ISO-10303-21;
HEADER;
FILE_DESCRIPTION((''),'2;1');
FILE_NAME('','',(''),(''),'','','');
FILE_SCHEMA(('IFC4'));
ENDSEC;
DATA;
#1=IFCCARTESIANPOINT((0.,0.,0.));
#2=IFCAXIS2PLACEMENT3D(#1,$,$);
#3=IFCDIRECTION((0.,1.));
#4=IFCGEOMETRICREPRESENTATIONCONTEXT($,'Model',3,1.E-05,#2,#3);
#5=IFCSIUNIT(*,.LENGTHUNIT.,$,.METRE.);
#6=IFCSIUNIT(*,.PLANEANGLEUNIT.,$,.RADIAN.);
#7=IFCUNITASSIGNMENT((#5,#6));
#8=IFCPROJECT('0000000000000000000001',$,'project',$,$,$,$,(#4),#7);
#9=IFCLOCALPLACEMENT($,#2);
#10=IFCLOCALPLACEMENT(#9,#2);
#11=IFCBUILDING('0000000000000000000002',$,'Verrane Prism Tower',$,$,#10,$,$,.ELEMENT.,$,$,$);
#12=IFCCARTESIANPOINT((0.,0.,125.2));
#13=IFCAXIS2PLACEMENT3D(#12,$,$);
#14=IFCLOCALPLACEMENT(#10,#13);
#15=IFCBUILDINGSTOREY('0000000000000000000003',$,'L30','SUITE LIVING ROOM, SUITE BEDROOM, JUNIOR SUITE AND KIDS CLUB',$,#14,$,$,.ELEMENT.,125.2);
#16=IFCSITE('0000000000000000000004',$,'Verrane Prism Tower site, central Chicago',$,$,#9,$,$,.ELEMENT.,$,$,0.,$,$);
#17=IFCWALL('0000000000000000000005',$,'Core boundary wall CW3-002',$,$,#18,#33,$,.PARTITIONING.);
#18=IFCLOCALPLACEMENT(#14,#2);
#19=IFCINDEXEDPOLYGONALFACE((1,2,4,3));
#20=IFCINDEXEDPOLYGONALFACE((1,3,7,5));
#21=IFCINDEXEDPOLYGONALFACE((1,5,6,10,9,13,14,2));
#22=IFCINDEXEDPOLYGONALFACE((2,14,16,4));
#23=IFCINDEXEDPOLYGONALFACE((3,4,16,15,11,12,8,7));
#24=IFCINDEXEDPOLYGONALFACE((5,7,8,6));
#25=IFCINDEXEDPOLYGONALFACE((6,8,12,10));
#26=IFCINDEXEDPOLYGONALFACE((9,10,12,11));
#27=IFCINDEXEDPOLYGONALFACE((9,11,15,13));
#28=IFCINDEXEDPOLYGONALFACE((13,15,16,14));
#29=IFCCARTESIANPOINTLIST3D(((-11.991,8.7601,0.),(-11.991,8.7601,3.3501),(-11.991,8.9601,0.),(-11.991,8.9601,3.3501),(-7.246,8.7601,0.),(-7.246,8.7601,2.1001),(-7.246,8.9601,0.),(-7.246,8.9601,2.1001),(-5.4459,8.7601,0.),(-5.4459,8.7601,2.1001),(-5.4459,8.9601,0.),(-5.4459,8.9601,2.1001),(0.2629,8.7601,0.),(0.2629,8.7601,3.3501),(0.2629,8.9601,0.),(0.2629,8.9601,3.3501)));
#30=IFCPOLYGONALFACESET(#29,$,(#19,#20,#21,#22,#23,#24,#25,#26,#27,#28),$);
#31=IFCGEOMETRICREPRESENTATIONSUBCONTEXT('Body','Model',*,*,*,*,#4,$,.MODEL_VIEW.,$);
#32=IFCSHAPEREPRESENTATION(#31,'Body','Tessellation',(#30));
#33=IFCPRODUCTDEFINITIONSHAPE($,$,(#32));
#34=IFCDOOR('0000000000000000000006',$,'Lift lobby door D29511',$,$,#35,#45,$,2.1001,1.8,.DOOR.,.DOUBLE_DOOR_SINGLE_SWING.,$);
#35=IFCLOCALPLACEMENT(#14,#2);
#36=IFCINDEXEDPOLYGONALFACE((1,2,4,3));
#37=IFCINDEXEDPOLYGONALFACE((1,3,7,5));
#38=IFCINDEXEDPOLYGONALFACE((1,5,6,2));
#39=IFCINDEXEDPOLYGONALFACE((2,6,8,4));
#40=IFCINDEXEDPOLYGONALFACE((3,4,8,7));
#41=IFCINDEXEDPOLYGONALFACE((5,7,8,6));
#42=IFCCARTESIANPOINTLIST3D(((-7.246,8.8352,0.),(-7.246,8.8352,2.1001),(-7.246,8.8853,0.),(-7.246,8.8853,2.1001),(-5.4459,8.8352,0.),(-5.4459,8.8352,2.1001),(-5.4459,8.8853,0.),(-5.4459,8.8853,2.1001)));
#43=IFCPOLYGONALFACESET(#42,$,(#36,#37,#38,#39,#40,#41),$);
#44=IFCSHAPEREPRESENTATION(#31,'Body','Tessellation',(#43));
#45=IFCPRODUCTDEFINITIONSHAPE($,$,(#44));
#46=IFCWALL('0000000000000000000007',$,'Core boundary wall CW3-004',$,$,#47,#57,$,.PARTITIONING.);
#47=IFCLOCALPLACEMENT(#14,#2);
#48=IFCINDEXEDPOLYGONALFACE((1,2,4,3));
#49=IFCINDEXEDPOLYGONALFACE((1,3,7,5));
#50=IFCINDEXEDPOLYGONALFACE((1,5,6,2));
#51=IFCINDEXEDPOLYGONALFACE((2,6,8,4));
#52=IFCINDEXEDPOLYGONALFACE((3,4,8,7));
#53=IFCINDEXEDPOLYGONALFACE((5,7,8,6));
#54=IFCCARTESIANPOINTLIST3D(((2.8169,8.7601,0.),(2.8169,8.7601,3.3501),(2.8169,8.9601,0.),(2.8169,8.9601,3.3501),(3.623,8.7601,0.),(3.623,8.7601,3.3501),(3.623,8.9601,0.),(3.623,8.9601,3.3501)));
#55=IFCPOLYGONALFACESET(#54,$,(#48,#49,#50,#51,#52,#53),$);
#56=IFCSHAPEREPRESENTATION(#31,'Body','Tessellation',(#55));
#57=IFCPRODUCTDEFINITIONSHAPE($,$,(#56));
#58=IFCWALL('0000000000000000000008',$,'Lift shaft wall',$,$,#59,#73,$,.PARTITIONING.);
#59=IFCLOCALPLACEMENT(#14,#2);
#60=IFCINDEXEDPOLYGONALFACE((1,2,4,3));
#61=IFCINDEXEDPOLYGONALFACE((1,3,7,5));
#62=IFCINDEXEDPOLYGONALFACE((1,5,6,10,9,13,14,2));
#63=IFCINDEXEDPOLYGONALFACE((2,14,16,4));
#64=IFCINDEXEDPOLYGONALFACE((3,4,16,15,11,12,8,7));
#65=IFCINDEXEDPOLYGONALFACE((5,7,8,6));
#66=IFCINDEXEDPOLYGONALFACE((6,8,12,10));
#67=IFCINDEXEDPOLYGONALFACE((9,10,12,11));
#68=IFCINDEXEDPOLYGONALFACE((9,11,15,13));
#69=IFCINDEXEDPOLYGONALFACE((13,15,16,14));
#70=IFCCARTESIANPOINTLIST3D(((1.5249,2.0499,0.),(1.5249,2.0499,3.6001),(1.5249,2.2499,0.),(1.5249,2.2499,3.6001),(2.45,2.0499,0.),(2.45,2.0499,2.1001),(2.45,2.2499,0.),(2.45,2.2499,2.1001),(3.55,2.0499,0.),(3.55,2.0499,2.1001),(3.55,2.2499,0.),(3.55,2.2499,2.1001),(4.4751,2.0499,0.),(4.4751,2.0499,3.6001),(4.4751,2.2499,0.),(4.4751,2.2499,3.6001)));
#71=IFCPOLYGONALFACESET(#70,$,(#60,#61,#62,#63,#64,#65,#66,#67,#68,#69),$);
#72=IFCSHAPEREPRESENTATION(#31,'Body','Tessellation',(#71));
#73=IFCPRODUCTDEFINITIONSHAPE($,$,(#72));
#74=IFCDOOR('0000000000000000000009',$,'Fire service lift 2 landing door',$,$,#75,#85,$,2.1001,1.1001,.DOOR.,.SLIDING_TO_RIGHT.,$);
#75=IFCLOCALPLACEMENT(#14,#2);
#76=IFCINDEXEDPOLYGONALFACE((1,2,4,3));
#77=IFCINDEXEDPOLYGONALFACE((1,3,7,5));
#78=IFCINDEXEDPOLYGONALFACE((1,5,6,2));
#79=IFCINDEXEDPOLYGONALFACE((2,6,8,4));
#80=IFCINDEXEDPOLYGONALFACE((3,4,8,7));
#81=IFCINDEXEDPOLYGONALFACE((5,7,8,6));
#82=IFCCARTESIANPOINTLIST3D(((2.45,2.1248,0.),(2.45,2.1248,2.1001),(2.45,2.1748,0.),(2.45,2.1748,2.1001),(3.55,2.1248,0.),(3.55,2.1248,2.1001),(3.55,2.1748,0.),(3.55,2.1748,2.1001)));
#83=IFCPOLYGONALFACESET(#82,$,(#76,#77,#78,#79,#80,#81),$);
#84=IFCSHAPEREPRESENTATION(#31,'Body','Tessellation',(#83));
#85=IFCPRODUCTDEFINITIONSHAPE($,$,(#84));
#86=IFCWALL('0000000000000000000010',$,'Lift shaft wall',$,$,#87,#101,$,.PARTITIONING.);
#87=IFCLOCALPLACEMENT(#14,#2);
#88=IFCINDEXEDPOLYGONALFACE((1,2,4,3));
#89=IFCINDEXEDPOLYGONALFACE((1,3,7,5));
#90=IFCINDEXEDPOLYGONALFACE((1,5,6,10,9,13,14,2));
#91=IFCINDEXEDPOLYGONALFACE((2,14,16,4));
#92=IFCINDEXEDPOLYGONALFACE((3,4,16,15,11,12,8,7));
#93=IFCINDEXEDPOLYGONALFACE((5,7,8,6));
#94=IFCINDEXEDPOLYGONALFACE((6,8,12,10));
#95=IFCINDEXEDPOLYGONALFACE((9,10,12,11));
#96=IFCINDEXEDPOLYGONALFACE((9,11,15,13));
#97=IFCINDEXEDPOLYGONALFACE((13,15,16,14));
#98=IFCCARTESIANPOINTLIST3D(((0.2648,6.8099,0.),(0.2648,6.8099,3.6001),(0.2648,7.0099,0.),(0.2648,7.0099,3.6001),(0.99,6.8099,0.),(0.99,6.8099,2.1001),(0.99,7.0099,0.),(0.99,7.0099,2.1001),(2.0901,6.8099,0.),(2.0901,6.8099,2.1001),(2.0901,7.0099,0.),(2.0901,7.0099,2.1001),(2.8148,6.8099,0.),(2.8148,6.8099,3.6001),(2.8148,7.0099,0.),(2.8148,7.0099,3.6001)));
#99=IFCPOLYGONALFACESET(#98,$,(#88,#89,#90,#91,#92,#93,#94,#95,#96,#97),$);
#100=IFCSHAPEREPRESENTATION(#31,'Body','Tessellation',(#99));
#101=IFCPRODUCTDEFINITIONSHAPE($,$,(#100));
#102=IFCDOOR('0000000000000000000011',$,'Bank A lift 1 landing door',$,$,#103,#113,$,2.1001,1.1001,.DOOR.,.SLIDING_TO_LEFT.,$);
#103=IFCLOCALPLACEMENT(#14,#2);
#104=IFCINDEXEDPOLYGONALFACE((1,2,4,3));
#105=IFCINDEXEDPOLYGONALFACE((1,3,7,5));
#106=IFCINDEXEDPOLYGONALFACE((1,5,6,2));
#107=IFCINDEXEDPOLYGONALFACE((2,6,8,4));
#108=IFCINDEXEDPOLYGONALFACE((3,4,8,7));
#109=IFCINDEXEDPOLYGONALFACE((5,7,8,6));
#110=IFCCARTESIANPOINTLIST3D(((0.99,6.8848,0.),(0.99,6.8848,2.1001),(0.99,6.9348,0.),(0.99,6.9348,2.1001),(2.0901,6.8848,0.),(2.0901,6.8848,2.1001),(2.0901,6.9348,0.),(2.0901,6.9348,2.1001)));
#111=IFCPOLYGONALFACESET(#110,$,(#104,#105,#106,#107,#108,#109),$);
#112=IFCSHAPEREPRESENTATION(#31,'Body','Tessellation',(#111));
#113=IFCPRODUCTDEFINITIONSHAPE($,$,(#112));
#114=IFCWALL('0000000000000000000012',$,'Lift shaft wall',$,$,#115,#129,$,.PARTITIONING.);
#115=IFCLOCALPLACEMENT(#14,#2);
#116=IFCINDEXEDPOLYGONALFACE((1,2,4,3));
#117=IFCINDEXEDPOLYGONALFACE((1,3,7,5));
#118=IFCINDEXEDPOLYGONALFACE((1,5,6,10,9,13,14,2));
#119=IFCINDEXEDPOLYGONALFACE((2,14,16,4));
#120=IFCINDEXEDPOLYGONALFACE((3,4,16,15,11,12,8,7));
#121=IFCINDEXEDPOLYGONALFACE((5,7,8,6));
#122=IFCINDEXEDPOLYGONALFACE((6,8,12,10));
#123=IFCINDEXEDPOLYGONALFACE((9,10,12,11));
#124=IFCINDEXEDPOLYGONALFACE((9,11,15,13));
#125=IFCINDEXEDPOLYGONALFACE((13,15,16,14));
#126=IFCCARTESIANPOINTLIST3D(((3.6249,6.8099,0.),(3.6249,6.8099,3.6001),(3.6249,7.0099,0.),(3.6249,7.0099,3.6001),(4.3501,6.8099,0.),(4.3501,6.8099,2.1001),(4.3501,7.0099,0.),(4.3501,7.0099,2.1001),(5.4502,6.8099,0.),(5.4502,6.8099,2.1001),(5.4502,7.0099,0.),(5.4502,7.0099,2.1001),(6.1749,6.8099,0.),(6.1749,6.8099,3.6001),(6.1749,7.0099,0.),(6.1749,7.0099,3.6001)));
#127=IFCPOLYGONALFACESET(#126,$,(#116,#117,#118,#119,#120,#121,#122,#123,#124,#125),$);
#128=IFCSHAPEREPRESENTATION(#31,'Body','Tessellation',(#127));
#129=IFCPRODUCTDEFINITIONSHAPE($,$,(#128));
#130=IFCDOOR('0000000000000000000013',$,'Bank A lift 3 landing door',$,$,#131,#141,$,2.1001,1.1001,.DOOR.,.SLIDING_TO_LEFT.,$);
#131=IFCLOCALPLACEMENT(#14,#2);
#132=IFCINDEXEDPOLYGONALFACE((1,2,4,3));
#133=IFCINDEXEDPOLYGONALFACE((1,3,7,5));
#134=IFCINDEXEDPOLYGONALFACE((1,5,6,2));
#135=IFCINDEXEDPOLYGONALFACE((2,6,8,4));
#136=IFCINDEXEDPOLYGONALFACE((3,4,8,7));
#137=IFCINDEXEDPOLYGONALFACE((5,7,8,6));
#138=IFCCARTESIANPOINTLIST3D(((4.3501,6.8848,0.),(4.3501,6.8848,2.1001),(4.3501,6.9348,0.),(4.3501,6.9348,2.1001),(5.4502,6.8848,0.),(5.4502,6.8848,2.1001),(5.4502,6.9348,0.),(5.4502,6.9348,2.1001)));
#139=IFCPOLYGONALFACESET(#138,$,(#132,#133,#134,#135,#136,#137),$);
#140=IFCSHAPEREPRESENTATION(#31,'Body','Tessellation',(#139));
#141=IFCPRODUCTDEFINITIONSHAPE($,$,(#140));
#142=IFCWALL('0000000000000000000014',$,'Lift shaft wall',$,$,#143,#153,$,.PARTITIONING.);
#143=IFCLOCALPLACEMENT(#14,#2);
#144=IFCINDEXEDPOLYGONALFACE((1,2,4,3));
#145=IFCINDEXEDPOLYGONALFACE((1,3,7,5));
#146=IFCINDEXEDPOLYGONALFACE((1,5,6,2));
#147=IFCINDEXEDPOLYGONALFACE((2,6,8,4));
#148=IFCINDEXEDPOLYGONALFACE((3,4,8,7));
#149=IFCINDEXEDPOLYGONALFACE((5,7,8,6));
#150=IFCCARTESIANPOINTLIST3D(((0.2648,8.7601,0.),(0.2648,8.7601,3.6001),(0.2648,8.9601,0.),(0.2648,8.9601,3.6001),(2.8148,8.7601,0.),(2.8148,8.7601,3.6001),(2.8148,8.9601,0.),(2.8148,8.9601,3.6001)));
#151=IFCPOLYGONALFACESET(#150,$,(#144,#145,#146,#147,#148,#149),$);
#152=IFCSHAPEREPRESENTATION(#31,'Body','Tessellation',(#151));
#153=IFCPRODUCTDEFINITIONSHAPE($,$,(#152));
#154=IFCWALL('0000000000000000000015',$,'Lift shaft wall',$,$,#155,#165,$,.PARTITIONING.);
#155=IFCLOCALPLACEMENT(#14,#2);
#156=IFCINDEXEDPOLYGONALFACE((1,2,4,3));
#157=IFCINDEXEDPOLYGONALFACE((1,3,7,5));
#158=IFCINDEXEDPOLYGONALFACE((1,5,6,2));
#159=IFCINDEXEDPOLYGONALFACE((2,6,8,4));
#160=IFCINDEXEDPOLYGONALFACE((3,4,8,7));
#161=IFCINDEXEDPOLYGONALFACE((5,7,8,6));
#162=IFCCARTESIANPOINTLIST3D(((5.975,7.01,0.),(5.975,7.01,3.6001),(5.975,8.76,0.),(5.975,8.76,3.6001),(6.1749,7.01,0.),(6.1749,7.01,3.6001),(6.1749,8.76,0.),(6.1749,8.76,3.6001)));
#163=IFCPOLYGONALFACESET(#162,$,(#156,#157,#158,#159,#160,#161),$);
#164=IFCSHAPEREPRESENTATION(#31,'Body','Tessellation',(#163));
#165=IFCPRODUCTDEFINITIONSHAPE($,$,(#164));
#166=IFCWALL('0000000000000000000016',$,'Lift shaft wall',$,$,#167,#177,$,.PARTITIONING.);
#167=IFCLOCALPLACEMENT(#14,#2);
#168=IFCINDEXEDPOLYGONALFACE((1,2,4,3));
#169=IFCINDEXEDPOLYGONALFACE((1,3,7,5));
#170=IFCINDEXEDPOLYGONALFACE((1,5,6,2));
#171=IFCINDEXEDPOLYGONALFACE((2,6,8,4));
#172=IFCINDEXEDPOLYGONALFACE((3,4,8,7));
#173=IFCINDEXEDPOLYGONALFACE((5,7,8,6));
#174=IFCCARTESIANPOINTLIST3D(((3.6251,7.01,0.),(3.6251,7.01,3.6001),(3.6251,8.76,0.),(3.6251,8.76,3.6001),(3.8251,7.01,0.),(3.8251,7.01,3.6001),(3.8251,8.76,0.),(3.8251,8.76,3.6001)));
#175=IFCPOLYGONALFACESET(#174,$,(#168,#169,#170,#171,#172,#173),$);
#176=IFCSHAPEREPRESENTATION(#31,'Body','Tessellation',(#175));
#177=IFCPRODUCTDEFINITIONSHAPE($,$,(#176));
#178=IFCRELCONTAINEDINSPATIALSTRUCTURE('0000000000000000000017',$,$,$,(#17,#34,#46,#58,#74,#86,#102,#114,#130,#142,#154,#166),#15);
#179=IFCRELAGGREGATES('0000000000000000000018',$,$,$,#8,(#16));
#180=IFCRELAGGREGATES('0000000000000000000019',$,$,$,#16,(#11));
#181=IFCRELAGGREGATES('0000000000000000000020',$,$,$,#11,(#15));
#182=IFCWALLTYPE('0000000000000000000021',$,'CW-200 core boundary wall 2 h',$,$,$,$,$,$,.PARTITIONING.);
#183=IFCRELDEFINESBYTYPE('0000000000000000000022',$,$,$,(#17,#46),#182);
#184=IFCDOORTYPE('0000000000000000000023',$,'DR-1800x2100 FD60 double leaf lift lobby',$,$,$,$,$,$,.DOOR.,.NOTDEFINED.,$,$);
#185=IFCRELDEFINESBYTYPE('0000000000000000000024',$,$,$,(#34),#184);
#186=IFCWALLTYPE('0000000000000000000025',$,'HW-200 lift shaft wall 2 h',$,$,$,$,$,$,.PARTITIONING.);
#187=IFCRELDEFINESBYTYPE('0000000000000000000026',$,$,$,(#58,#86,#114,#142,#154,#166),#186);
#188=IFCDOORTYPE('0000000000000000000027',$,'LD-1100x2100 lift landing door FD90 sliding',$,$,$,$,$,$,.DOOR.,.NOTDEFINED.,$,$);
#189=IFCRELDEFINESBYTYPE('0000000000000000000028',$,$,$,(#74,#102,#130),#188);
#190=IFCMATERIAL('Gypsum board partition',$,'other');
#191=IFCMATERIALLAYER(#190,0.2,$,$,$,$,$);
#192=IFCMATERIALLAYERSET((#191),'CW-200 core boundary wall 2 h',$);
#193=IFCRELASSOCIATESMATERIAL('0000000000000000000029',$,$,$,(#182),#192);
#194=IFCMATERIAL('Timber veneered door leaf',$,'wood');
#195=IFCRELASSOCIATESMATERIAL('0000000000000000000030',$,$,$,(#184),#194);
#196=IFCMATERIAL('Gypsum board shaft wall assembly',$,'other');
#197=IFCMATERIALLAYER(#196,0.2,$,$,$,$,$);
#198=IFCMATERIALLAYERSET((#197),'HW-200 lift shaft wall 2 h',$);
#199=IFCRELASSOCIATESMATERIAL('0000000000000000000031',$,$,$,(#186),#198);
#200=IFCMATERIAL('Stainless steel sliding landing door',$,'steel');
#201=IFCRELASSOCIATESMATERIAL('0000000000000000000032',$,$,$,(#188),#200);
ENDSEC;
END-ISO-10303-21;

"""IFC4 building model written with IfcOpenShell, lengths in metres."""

from ifc_helpers import new_model, si_unit, direction, frame, frame_2d, origin, place, context, subcontext, project, spatial, rectangle, extrude, material, layer, layer_set, type_object, element, fill, save


model = new_model("IFC4")

# Units and contexts
model_context = context("Model", 3, precision=1e-05, world=origin(), true_north=direction((0.0, 1.0)))
body_context = subcontext(model_context, "Body", "Model", "MODEL_VIEW")
ifc_project = project(units=[si_unit("LENGTHUNIT", "METRE"), si_unit("PLANEANGLEUNIT", "RADIAN")], contexts=[model_context])

# Site, building, storey
site_placement = place(None, origin())
site = spatial("IfcSite", under=ifc_project, at=site_placement, Name="Verrane Prism Tower site, central Chicago", CompositionType="ELEMENT", RefElevation=0.0)
building_placement = place(site_placement, origin())
building = spatial("IfcBuilding", under=site, at=building_placement, Name="Verrane Prism Tower", CompositionType="ELEMENT")
storey_placement = place(building_placement, frame((0.0, 0.0, 125.2)))
storey = spatial("IfcBuildingStorey", under=building, at=storey_placement, Name="L30", Description="SUITE LIVING ROOM, SUITE BEDROOM, JUNIOR SUITE AND KIDS CLUB", CompositionType="ELEMENT", Elevation=125.2)

# Wall, opening, door
ifc_material_1 = material(Name="Gypsum board partition", Category="other")
ifc_layer_1 = layer(ifc_material_1, 0.2)
ifc_layer_set_1 = layer_set([ifc_layer_1], Name="CW-200 core boundary wall 2 h")
wall_type_1 = type_object("IfcWallType", Name="CW-200 core boundary wall 2 h", PredefinedType="PARTITIONING", material=ifc_layer_set_1)
wall_1_placement = place(storey_placement, frame((0.2629, 8.8601, 0.0), z_axis=(0.0, 0.0, 1.0), x_axis=(-1.0, 0.0, 0.0)))
wall_1 = element("IfcWall", 1, at=wall_1_placement, inside=storey, type_object=wall_type_1, Name="Core boundary wall CW3-002", PredefinedType="PARTITIONING", context=body_context, shape_type="SweptSolid", body=[
    extrude(rectangle(XDim=12.2539, YDim=0.2, at=frame_2d((6.127, 0.0))), origin(), (0.0, 0.0, 1.0), 3.3501),
])
opening_1_placement = place(wall_1_placement, frame((5.709, 0.0, 0.0)))
opening_1 = element("IfcOpeningElement", 2, at=opening_1_placement, cuts=wall_1, PredefinedType="OPENING", context=body_context, shape_type="SweptSolid", body=[
    extrude(rectangle(XDim=1.8, YDim=2.1001, at=frame_2d((0.8999, 1.05))), frame((0.0, 0.1099, 0.0), z_axis=(0.0, -1.0, 0.0), x_axis=(1.0, 0.0, 0.0)), (0.0, 0.0, 1.0), 0.22),
])
ifc_material_2 = material(Name="Timber veneered door leaf", Category="wood")
door_type_1 = type_object("IfcDoorType", Name="DR-1800x2100 FD60 double leaf lift lobby", OperationType="NOTDEFINED", PredefinedType="DOOR", material=ifc_material_2)
door_1_placement = place(opening_1_placement, origin())
door_1 = element("IfcDoor", 3, at=door_1_placement, inside=storey, type_object=door_type_1, Name="Lift lobby door D29511", OperationType="DOUBLE_DOOR_SINGLE_SWING", OverallHeight=2.1001, OverallWidth=1.8, PredefinedType="DOOR", context=body_context, shape_type="SweptSolid", body=[
    extrude(rectangle(XDim=1.8, YDim=2.1001, at=frame_2d((0.8999, 1.05))), frame((0.0, 0.0249, 0.0), z_axis=(0.0, -1.0, 0.0), x_axis=(1.0, 0.0, 0.0)), (0.0, 0.0, 1.0), 0.05),
])
fill(opening_1, door_1)

# Wall
wall_2_placement = place(storey_placement, frame((2.8169, 8.8601, 0.0), z_axis=(0.0, 0.0, 1.0), x_axis=(1.0, 0.0, 0.0)))
element("IfcWall", 4, at=wall_2_placement, inside=storey, type_object=wall_type_1, Name="Core boundary wall CW3-004", PredefinedType="PARTITIONING", context=body_context, shape_type="SweptSolid", body=[
    extrude(rectangle(XDim=0.8062, YDim=0.2, at=frame_2d((0.4031, 0.0))), origin(), (0.0, 0.0, 1.0), 3.3501),
])

# Walls, openings, doors
ifc_material_3 = material(Name="Gypsum board shaft wall assembly", Category="other")
ifc_layer_2 = layer(ifc_material_3, 0.2)
ifc_layer_set_2 = layer_set([ifc_layer_2], Name="HW-200 lift shaft wall 2 h")
wall_type_2 = type_object("IfcWallType", Name="HW-200 lift shaft wall 2 h", PredefinedType="PARTITIONING", material=ifc_layer_set_2)
wall_3_placement = place(storey_placement, frame((1.5249, 2.1499, 0.0), z_axis=(0.0, 0.0, 1.0), x_axis=(1.0, 0.0, 0.0)))
wall_3 = element("IfcWall", 5, at=wall_3_placement, inside=storey, type_object=wall_type_2, Name="Lift shaft wall", PredefinedType="PARTITIONING", context=body_context, shape_type="SweptSolid", body=[
    extrude(rectangle(XDim=2.9502, YDim=0.2, at=frame_2d((1.4751, 0.0))), origin(), (0.0, 0.0, 1.0), 3.6001),
])
opening_2_placement = place(wall_3_placement, frame((0.925, 0.0, 0.0)))
opening_2 = element("IfcOpeningElement", 6, at=opening_2_placement, cuts=wall_3, PredefinedType="OPENING", context=body_context, shape_type="SweptSolid", body=[
    extrude(rectangle(XDim=1.1001, YDim=2.1001, at=frame_2d((0.55, 1.05))), frame((0.0, 0.1099, 0.0), z_axis=(0.0, -1.0, 0.0), x_axis=(1.0, 0.0, 0.0)), (0.0, 0.0, 1.0), 0.22),
])
ifc_material_4 = material(Name="Stainless steel sliding landing door", Category="steel")
door_type_2 = type_object("IfcDoorType", Name="LD-1100x2100 lift landing door FD90 sliding", OperationType="NOTDEFINED", PredefinedType="DOOR", material=ifc_material_4)
door_2_placement = place(opening_2_placement, origin())
door_2 = element("IfcDoor", 7, at=door_2_placement, inside=storey, type_object=door_type_2, Name="Fire service lift 2 landing door", OperationType="SLIDING_TO_RIGHT", OverallHeight=2.1001, OverallWidth=1.1001, PredefinedType="DOOR", context=body_context, shape_type="SweptSolid", body=[
    extrude(rectangle(XDim=1.1001, YDim=2.1001, at=frame_2d((0.55, 1.05))), frame((0.0, 0.0249, 0.0), z_axis=(0.0, -1.0, 0.0), x_axis=(1.0, 0.0, 0.0)), (0.0, 0.0, 1.0), 0.05),
])
fill(opening_2, door_2)
wall_4_placement = place(storey_placement, frame((0.2649, 6.9099, 0.0), z_axis=(0.0, 0.0, 1.0), x_axis=(1.0, 0.0, 0.0)))
wall_4 = element("IfcWall", 8, at=wall_4_placement, inside=storey, type_object=wall_type_2, Name="Lift shaft wall", PredefinedType="PARTITIONING", context=body_context, shape_type="SweptSolid", body=[
    extrude(rectangle(XDim=2.55, YDim=0.2, at=frame_2d((1.2749, 0.0))), origin(), (0.0, 0.0, 1.0), 3.6001),
])
opening_3_placement = place(wall_4_placement, frame((0.7251, 0.0, 0.0)))
opening_3 = element("IfcOpeningElement", 9, at=opening_3_placement, cuts=wall_4, PredefinedType="OPENING", context=body_context, shape_type="SweptSolid", body=[
    extrude(rectangle(XDim=1.1001, YDim=2.1001, at=frame_2d((0.55, 1.05))), frame((0.0, 0.1099, 0.0), z_axis=(0.0, -1.0, 0.0), x_axis=(1.0, 0.0, 0.0)), (0.0, 0.0, 1.0), 0.22),
])
door_3_placement = place(opening_3_placement, origin())
door_3 = element("IfcDoor", 10, at=door_3_placement, inside=storey, type_object=door_type_2, Name="Bank A lift 1 landing door", OperationType="SLIDING_TO_LEFT", OverallHeight=2.1001, OverallWidth=1.1001, PredefinedType="DOOR", context=body_context, shape_type="SweptSolid", body=[
    extrude(rectangle(XDim=1.1001, YDim=2.1001, at=frame_2d((0.55, 1.05))), frame((0.0, 0.0249, 0.0), z_axis=(0.0, -1.0, 0.0), x_axis=(1.0, 0.0, 0.0)), (0.0, 0.0, 1.0), 0.05),
])
fill(opening_3, door_3)
wall_5_placement = place(storey_placement, frame((3.625, 6.9099, 0.0), z_axis=(0.0, 0.0, 1.0), x_axis=(1.0, 0.0, 0.0)))
wall_5 = element("IfcWall", 11, at=wall_5_placement, inside=storey, type_object=wall_type_2, Name="Lift shaft wall", PredefinedType="PARTITIONING", context=body_context, shape_type="SweptSolid", body=[
    extrude(rectangle(XDim=2.55, YDim=0.2, at=frame_2d((1.2749, 0.0))), origin(), (0.0, 0.0, 1.0), 3.6001),
])
opening_4_placement = place(wall_5_placement, frame((0.7251, 0.0, 0.0)))
opening_4 = element("IfcOpeningElement", 12, at=opening_4_placement, cuts=wall_5, PredefinedType="OPENING", context=body_context, shape_type="SweptSolid", body=[
    extrude(rectangle(XDim=1.1001, YDim=2.1001, at=frame_2d((0.55, 1.05))), frame((0.0, 0.1099, 0.0), z_axis=(0.0, -1.0, 0.0), x_axis=(1.0, 0.0, 0.0)), (0.0, 0.0, 1.0), 0.22),
])
door_4_placement = place(opening_4_placement, origin())
door_4 = element("IfcDoor", 13, at=door_4_placement, inside=storey, type_object=door_type_2, Name="Bank A lift 3 landing door", OperationType="SLIDING_TO_LEFT", OverallHeight=2.1001, OverallWidth=1.1001, PredefinedType="DOOR", context=body_context, shape_type="SweptSolid", body=[
    extrude(rectangle(XDim=1.1001, YDim=2.1001, at=frame_2d((0.55, 1.05))), frame((0.0, 0.0249, 0.0), z_axis=(0.0, -1.0, 0.0), x_axis=(1.0, 0.0, 0.0)), (0.0, 0.0, 1.0), 0.05),
])
fill(opening_4, door_4)

# Walls
wall_6_placement = place(storey_placement, frame((0.2649, 8.8601, 0.0), z_axis=(0.0, 0.0, 1.0), x_axis=(1.0, 0.0, 0.0)))
element("IfcWall", 14, at=wall_6_placement, inside=storey, type_object=wall_type_2, Name="Lift shaft wall", PredefinedType="PARTITIONING", context=body_context, shape_type="SweptSolid", body=[
    extrude(rectangle(XDim=2.55, YDim=0.2, at=frame_2d((1.2749, 0.0))), origin(), (0.0, 0.0, 1.0), 3.6001),
])
for number, where, z_axis, x_axis, name in (
    (15, (6.075, 7.01, 0.0), (0.0, 0.0, 1.0), (0.0, 1.0, 0.0), "Lift shaft wall"),
    (16, (3.7251, 7.01, 0.0), (0.0, 0.0, 1.0), (0.0, 1.0, 0.0), "Lift shaft wall"),
):
    element("IfcWall", number, at=place(storey_placement, frame(where, z_axis=z_axis, x_axis=x_axis)), inside=storey, type_object=wall_type_2, Name=name, PredefinedType="PARTITIONING", context=body_context, shape_type="SweptSolid", body=[
        extrude(rectangle(XDim=1.75, YDim=0.2, at=frame_2d((0.875, 0.0))), origin(), (0.0, 0.0, 1.0), 3.6001),
    ])

save(model, "model.ifc")
